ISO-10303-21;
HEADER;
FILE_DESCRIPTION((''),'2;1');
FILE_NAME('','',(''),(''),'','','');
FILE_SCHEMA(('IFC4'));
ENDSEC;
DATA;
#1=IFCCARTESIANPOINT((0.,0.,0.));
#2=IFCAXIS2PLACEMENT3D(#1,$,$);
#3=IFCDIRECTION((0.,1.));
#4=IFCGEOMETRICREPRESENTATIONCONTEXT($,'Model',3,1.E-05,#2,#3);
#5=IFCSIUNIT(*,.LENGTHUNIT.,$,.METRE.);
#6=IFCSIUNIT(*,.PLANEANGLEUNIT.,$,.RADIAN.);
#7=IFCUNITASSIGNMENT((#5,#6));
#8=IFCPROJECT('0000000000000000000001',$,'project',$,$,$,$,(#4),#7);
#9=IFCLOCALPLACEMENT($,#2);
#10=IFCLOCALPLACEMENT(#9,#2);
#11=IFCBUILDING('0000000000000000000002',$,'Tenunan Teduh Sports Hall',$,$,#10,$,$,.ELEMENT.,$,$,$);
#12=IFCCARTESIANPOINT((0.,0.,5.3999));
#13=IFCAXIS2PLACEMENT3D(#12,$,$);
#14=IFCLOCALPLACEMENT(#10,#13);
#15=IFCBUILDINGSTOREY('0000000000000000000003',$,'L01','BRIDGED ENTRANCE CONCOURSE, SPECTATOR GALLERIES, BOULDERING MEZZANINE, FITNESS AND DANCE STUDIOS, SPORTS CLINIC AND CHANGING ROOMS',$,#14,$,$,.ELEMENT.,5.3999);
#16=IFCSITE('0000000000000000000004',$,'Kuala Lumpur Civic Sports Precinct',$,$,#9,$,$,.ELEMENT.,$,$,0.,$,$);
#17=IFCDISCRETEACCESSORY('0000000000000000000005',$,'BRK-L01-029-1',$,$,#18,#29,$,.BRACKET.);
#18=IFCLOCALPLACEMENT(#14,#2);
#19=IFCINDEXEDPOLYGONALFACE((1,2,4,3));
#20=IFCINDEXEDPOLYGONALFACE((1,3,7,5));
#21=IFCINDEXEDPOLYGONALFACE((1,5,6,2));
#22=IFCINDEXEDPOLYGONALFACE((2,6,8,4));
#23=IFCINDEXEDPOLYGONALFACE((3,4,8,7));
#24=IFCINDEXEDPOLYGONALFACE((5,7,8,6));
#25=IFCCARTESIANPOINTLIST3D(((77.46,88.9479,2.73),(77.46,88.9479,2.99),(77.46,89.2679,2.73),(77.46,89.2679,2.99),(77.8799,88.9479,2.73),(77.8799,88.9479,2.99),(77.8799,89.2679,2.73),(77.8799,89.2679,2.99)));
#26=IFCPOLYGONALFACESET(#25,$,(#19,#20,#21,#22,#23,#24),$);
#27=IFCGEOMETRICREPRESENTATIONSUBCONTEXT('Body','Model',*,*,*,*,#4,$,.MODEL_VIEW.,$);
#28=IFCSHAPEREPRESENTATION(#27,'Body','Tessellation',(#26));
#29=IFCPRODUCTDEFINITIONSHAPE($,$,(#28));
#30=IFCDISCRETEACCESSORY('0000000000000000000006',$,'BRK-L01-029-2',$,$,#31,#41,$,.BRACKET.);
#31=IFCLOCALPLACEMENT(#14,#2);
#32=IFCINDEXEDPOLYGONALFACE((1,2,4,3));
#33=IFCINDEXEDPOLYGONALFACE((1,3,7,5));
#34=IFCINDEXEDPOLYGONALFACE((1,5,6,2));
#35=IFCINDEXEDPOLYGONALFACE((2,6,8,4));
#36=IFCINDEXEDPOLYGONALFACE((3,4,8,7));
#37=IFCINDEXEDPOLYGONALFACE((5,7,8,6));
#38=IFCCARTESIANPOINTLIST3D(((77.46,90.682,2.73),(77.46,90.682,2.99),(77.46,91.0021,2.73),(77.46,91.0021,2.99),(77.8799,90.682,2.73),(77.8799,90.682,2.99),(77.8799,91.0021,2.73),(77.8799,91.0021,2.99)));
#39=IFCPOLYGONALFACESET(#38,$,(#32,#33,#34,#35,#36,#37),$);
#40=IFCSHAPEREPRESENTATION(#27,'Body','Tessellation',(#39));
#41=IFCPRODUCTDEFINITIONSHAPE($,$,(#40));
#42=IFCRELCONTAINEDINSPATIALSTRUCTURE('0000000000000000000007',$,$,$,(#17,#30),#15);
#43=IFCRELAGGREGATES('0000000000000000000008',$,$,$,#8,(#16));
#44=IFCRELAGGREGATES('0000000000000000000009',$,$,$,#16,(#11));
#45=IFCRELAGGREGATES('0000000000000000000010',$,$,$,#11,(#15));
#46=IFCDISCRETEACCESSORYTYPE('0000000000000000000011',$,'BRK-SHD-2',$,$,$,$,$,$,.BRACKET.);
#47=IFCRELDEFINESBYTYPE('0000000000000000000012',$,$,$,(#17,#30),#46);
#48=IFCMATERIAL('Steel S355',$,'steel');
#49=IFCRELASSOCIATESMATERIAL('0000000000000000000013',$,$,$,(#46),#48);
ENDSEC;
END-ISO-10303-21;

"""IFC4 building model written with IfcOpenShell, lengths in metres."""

from ifc_helpers import new_model, si_unit, direction, frame, origin, origin_2d, place, context, subcontext, project, spatial, rectangle, extrude, material, type_object, element, save


model = new_model("IFC4")

# Units and contexts
model_context = context("Model", 3, precision=1e-05, world=origin(), true_north=direction((0.0, 1.0)))
body_context = subcontext(model_context, "Body", "Model", "MODEL_VIEW")
ifc_project = project(units=[si_unit("LENGTHUNIT", "METRE"), si_unit("PLANEANGLEUNIT", "RADIAN")], contexts=[model_context])

# Site, building, storey
site_placement = place(None, origin())
site = spatial("IfcSite", under=ifc_project, at=site_placement, Name="Kuala Lumpur Civic Sports Precinct", CompositionType="ELEMENT", RefElevation=0.0)
building_placement = place(site_placement, origin())
building = spatial("IfcBuilding", under=site, at=building_placement, Name="Tenunan Teduh Sports Hall", CompositionType="ELEMENT")
storey_placement = place(building_placement, frame((0.0, 0.0, 5.3999)))
storey = spatial("IfcBuildingStorey", under=building, at=storey_placement, Name="L01", Description="BRIDGED ENTRANCE CONCOURSE, SPECTATOR GALLERIES, BOULDERING MEZZANINE, FITNESS AND DANCE STUDIOS, SPORTS CLINIC AND CHANGING ROOMS", CompositionType="ELEMENT", Elevation=5.3999)

# Discrete accessories
ifc_material_1 = material(Name="Steel S355", Category="steel")
discrete_accessory_type_1 = type_object("IfcDiscreteAccessoryType", Name="BRK-SHD-2", PredefinedType="BRACKET", material=ifc_material_1)
for number, where, z_axis, x_axis, name in (
    (1, (77.6699, 89.1079, 2.73), (0.0, 0.0, 1.0), (0.0, 1.0, 0.0), "BRK-L01-029-1"),
    (2, (77.6699, 90.842, 2.73), (0.0, 0.0, 1.0), (0.0, 1.0, 0.0), "BRK-L01-029-2"),
):
    element("IfcDiscreteAccessory", number, at=place(storey_placement, frame(where, z_axis=z_axis, x_axis=x_axis)), inside=storey, type_object=discrete_accessory_type_1, Name=name, PredefinedType="BRACKET", context=body_context, shape_type="SweptSolid", body=[
        extrude(rectangle(XDim=0.3201, YDim=0.4199, at=origin_2d()), origin(), (0.0, 0.0, 1.0), 0.26),
    ])

save(model, "model.ifc")
